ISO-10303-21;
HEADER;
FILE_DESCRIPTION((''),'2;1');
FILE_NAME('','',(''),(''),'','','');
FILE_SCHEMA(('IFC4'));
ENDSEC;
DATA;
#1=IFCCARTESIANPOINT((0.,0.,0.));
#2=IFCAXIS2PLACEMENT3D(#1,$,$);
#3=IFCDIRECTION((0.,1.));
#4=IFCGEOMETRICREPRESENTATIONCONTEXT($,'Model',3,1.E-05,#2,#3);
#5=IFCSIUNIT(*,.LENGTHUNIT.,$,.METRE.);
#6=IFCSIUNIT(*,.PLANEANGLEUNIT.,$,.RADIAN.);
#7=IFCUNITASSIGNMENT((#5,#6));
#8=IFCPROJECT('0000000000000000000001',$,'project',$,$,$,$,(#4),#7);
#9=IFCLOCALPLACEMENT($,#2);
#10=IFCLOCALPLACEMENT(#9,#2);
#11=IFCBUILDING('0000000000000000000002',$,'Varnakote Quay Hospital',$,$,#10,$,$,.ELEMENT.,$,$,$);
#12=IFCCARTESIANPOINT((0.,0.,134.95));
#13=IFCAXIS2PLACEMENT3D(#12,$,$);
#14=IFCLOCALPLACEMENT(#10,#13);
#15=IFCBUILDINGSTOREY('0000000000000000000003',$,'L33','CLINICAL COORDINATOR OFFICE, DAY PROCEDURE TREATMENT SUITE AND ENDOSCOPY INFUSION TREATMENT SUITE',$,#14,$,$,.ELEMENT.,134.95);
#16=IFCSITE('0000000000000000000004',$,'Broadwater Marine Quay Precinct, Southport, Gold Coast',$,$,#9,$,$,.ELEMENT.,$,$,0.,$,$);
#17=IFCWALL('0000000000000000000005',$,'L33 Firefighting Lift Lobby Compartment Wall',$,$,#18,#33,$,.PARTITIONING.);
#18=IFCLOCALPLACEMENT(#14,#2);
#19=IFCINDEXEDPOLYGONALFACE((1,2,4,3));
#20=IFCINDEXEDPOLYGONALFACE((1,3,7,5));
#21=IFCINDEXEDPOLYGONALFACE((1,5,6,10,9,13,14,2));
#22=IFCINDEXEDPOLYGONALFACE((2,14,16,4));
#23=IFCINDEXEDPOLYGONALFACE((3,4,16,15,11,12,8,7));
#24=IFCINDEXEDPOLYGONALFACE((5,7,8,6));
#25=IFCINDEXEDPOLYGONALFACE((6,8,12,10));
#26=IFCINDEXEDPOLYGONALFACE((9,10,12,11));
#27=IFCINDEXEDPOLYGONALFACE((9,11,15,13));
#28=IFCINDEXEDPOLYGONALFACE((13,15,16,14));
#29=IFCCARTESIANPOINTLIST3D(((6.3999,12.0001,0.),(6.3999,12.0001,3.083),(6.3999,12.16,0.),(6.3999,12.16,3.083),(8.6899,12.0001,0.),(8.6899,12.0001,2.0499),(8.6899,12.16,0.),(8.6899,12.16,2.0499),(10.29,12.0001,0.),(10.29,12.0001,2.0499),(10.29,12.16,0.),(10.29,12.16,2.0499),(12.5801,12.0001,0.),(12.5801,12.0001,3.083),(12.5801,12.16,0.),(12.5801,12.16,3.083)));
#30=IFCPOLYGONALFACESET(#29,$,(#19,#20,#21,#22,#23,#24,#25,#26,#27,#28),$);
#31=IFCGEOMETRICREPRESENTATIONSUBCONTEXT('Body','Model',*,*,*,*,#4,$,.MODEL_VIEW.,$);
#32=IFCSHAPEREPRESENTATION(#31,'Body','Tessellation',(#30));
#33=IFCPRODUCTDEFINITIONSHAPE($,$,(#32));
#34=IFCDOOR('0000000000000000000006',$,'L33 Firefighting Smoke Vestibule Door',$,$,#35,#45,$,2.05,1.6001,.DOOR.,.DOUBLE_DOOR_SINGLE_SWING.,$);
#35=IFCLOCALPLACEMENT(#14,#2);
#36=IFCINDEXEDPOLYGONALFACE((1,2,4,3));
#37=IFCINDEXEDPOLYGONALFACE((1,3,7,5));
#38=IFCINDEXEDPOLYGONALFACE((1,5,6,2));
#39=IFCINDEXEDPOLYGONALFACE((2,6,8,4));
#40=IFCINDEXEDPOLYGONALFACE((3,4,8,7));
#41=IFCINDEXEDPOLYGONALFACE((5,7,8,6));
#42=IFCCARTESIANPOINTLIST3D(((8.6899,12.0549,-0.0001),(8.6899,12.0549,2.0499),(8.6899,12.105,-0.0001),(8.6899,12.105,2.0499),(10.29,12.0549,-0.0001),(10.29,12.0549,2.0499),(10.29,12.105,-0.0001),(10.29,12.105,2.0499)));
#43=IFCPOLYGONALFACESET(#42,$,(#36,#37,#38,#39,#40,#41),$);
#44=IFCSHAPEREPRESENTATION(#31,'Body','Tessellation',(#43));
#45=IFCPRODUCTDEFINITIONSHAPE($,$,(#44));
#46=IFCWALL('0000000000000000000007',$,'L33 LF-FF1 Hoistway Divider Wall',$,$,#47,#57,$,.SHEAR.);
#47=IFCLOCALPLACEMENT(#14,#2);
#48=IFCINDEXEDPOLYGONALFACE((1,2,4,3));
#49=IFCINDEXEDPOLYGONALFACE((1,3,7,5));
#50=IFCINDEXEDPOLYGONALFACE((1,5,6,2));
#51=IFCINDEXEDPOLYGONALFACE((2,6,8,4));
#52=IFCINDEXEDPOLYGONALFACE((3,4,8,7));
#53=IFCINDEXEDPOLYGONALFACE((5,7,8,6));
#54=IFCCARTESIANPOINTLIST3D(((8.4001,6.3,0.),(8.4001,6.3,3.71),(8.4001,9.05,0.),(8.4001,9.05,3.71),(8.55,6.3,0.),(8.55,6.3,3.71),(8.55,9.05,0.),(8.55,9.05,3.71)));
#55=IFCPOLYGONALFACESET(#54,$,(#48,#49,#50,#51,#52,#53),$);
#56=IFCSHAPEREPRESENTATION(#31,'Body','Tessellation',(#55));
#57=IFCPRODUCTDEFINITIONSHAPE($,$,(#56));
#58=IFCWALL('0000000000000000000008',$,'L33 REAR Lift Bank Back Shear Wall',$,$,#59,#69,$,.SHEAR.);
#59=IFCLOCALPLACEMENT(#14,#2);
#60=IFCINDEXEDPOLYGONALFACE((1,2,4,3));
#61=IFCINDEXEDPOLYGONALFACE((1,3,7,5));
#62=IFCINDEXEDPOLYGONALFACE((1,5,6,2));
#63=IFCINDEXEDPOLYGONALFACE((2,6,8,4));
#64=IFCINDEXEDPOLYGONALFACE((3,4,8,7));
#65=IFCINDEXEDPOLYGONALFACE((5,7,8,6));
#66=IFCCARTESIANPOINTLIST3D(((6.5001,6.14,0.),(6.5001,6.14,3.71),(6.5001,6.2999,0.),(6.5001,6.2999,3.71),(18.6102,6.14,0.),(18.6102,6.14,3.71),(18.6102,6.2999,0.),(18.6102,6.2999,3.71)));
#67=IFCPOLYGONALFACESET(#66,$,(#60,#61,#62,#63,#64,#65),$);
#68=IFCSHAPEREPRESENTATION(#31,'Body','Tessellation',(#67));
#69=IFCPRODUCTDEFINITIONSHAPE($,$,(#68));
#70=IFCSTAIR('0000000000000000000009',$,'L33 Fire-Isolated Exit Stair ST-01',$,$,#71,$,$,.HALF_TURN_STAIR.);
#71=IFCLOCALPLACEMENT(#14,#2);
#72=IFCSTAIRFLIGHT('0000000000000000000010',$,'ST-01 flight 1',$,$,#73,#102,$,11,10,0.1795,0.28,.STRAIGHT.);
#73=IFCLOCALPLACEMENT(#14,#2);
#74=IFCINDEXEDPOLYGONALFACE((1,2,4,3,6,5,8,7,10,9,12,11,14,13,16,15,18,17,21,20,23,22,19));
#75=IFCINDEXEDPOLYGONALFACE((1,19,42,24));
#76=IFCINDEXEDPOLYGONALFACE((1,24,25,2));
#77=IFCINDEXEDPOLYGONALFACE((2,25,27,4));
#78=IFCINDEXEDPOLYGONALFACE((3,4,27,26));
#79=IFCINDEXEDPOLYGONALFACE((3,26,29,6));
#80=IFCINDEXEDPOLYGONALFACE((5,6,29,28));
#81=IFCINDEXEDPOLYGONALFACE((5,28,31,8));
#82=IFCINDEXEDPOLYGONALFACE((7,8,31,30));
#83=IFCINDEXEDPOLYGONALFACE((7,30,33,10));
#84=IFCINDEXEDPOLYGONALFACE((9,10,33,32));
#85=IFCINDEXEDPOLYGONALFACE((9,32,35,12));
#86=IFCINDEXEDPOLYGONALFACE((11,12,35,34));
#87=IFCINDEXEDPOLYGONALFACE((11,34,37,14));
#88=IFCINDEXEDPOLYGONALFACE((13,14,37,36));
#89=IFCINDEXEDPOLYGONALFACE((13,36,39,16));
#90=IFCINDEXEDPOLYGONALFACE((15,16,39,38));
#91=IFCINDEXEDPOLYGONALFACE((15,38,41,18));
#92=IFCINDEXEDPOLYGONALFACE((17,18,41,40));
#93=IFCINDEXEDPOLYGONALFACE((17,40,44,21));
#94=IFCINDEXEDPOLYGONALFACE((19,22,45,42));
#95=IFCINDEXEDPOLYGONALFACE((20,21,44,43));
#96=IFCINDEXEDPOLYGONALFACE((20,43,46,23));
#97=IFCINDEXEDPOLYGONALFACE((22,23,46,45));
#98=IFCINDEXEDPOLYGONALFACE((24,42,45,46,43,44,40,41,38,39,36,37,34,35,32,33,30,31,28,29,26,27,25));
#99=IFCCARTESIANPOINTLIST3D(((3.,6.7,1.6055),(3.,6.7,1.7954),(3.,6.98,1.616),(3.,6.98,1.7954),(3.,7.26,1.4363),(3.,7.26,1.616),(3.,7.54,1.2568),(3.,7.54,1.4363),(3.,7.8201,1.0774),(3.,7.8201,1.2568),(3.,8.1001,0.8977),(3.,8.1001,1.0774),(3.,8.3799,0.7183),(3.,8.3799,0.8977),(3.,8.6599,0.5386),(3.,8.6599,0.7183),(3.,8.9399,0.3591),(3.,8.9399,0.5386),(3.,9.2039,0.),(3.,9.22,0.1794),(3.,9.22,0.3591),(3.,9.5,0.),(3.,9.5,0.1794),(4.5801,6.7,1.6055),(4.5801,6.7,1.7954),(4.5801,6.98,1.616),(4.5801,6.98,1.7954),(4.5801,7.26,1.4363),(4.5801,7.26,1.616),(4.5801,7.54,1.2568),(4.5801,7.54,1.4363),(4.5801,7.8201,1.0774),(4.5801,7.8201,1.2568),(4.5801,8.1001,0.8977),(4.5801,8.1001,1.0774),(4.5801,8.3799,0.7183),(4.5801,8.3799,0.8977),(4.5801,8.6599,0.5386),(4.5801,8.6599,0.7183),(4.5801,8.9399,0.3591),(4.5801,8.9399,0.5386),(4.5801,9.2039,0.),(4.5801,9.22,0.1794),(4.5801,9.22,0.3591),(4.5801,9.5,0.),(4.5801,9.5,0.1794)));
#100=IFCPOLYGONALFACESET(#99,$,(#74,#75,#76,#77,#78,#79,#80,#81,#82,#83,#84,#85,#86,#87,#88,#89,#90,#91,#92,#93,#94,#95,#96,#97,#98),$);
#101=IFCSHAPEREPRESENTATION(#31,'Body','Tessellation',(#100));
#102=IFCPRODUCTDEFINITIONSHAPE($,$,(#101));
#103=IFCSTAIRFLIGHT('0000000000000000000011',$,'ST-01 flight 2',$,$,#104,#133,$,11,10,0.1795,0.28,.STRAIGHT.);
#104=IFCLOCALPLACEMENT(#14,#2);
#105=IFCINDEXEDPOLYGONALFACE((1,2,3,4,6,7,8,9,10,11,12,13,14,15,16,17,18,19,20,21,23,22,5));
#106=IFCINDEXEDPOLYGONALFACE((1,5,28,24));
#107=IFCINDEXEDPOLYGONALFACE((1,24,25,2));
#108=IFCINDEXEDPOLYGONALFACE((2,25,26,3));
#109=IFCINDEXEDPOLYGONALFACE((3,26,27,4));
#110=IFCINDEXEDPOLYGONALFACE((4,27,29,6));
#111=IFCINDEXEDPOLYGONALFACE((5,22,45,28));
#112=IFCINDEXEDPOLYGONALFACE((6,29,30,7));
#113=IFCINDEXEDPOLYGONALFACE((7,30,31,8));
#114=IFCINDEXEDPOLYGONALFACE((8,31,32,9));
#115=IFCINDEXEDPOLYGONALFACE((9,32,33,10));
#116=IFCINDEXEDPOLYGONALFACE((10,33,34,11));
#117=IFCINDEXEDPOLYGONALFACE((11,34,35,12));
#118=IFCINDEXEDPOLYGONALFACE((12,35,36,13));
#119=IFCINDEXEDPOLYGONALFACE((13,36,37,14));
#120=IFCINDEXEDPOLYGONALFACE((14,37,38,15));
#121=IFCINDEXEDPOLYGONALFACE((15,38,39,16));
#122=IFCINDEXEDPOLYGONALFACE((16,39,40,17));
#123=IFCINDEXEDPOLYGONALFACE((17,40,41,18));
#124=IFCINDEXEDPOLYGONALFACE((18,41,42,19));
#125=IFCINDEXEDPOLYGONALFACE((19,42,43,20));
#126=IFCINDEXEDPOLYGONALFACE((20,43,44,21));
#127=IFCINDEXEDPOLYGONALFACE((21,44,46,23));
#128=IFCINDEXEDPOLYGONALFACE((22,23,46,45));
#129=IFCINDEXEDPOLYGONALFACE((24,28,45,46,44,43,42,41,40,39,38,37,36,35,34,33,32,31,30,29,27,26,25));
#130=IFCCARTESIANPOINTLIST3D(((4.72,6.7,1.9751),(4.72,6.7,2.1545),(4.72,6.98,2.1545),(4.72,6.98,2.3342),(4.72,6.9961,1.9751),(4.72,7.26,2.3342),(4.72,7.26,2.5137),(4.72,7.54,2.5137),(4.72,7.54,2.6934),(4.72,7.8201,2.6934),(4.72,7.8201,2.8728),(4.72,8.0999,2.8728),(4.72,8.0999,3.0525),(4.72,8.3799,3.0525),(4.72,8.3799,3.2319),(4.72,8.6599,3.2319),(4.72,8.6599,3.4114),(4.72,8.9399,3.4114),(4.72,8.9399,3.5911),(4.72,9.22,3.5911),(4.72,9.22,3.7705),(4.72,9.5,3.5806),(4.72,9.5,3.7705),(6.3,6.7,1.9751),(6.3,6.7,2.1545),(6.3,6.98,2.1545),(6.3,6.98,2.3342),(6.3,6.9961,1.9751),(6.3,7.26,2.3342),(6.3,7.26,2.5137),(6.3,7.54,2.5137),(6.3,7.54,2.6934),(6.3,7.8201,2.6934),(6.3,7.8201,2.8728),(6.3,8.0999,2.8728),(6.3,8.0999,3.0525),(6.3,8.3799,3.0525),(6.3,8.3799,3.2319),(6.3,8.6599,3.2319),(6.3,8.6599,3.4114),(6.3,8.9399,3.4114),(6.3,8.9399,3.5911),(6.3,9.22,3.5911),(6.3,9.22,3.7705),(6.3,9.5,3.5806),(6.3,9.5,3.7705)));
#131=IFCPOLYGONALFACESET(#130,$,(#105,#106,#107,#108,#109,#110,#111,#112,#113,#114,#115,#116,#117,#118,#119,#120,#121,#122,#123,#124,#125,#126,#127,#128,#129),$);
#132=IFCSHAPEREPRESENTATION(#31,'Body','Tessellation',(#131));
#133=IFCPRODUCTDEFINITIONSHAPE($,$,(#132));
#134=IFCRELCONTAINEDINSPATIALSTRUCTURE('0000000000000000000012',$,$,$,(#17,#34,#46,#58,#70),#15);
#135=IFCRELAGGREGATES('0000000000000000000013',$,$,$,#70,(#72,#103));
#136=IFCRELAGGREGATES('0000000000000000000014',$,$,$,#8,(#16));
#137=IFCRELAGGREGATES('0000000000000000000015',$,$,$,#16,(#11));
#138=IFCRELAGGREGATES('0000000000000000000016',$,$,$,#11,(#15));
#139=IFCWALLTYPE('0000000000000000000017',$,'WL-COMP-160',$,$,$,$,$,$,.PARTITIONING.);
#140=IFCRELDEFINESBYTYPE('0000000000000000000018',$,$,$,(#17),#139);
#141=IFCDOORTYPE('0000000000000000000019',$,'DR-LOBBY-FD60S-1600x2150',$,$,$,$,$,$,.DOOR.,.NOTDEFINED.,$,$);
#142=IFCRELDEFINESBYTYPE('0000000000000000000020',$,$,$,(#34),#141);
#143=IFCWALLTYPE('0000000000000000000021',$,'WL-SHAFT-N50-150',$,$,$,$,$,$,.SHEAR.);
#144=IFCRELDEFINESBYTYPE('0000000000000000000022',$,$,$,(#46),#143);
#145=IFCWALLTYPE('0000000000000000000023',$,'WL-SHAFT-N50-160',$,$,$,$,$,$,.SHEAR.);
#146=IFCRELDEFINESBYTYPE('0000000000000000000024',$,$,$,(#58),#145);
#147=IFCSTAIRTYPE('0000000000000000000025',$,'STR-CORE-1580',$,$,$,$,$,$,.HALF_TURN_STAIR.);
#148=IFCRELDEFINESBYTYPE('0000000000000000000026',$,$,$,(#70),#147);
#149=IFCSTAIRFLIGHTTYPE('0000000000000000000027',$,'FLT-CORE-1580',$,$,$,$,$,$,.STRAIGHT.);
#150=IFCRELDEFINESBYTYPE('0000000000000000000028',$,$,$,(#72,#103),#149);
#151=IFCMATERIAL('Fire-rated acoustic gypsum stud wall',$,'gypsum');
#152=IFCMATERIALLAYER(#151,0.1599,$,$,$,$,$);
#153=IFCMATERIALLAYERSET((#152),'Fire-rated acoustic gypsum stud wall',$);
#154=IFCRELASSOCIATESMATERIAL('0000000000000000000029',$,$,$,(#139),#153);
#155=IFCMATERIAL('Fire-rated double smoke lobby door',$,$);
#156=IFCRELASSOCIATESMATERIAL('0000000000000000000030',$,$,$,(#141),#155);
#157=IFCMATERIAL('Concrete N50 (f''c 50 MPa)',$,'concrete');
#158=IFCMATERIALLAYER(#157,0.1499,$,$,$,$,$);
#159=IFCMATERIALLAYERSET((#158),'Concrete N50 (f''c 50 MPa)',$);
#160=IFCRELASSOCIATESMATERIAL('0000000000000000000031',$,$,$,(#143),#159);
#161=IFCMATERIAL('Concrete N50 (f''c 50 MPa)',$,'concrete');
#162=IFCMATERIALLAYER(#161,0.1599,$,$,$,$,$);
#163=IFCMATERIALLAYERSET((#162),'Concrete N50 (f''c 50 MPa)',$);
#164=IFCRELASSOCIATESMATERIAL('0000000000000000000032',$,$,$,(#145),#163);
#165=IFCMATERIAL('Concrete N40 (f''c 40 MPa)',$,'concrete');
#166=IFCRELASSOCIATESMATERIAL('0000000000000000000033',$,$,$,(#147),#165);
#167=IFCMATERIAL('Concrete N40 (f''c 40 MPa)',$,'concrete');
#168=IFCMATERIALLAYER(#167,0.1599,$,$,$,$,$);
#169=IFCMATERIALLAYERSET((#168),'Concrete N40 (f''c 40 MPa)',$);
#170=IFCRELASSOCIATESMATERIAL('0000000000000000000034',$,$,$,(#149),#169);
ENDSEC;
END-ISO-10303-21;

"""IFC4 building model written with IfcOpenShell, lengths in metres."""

from ifc_helpers import new_model, si_unit, direction, frame, frame_2d, origin, place, context, subcontext, project, spatial, polyline, rectangle, outline, extrude, material, layer, layer_set, type_object, element, fill, aggregate, save


model = new_model("IFC4")

# Units and contexts
model_context = context("Model", 3, precision=1e-05, world=origin(), true_north=direction((0.0, 1.0)))
body_context = subcontext(model_context, "Body", "Model", "MODEL_VIEW")
ifc_project = project(units=[si_unit("LENGTHUNIT", "METRE"), si_unit("PLANEANGLEUNIT", "RADIAN")], contexts=[model_context])

# Site, building, storey
site_placement = place(None, origin())
site = spatial("IfcSite", under=ifc_project, at=site_placement, Name="Broadwater Marine Quay Precinct, Southport, Gold Coast", CompositionType="ELEMENT", RefElevation=0.0)
building_placement = place(site_placement, origin())
building = spatial("IfcBuilding", under=site, at=building_placement, Name="Varnakote Quay Hospital", CompositionType="ELEMENT")
storey_placement = place(building_placement, frame((0.0, 0.0, 134.95)))
storey = spatial("IfcBuildingStorey", under=building, at=storey_placement, Name="L33", Description="CLINICAL COORDINATOR OFFICE, DAY PROCEDURE TREATMENT SUITE AND ENDOSCOPY INFUSION TREATMENT SUITE", CompositionType="ELEMENT", Elevation=134.95)

# Shared definitions
ifc_material_1 = material(Name="Fire-rated acoustic gypsum stud wall", Category="gypsum")
ifc_layer_1 = layer(ifc_material_1, 0.1599)
ifc_layer_set_1 = layer_set([ifc_layer_1], Name="Fire-rated acoustic gypsum stud wall")
wall_type_1 = type_object("IfcWallType", Name="WL-COMP-160", PredefinedType="PARTITIONING", material=ifc_layer_set_1)

# Shared definitions
ifc_material_2 = material(Name="Fire-rated double smoke lobby door")
door_type_1 = type_object("IfcDoorType", Name="DR-LOBBY-FD60S-1600x2150", OperationType="NOTDEFINED", PredefinedType="DOOR", material=ifc_material_2)

# Wall, opening, door
wall_1_placement = place(storey_placement, frame((6.3999, 12.0801, 0.0), z_axis=(0.0, 0.0, 1.0), x_axis=(1.0, 0.0, 0.0)))
wall_1 = element("IfcWall", 1, at=wall_1_placement, inside=storey, type_object=wall_type_1, Name="L33 Firefighting Lift Lobby Compartment Wall", PredefinedType="PARTITIONING", context=body_context, shape_type="SweptSolid", body=[
    extrude(rectangle(XDim=6.1802, YDim=0.1599, at=frame_2d((3.0901, 0.0))), origin(), (0.0, 0.0, 1.0), 3.083),
])
opening_1_placement = place(wall_1_placement, frame((2.29, 0.0, 0.0)))
opening_1 = element("IfcOpeningElement", 2, at=opening_1_placement, cuts=wall_1, PredefinedType="OPENING", context=body_context, shape_type="SweptSolid", body=[
    extrude(rectangle(XDim=1.6001, YDim=2.05, at=frame_2d((0.8, 1.0249))), frame((0.0, 0.0898, 0.0), z_axis=(0.0, -1.0, 0.0), x_axis=(1.0, 0.0, 0.0)), (0.0, 0.0, 1.0), 0.1799),
])
door_1_placement = place(opening_1_placement, origin())
door_1 = element("IfcDoor", 3, at=door_1_placement, inside=storey, type_object=door_type_1, Name="L33 Firefighting Smoke Vestibule Door", OperationType="DOUBLE_DOOR_SINGLE_SWING", OverallHeight=2.05, OverallWidth=1.6001, PredefinedType="DOOR", context=body_context, shape_type="SweptSolid", body=[
    extrude(rectangle(XDim=1.6001, YDim=2.05, at=frame_2d((0.8, 1.0249))), frame((0.0, 0.0249, 0.0), z_axis=(0.0, -1.0, 0.0), x_axis=(1.0, 0.0, 0.0)), (0.0, 0.0, 1.0), 0.05),
])
fill(opening_1, door_1)

# Walls
ifc_material_3 = material(Name="Concrete N50 (f'c 50 MPa)", Category="concrete")
ifc_layer_2 = layer(ifc_material_3, 0.1499)
ifc_layer_set_2 = layer_set([ifc_layer_2], Name="Concrete N50 (f'c 50 MPa)")
wall_type_2 = type_object("IfcWallType", Name="WL-SHAFT-N50-150", PredefinedType="SHEAR", material=ifc_layer_set_2)
wall_2_placement = place(storey_placement, frame((8.4751, 6.3, 0.0), z_axis=(0.0, 0.0, 1.0), x_axis=(0.0, 1.0, 0.0)))
element("IfcWall", 4, at=wall_2_placement, inside=storey, type_object=wall_type_2, Name="L33 LF-FF1 Hoistway Divider Wall", PredefinedType="SHEAR", context=body_context, shape_type="SweptSolid", body=[
    extrude(rectangle(XDim=2.75, YDim=0.1499, at=frame_2d((1.375, 0.0))), origin(), (0.0, 0.0, 1.0), 3.71),
])
ifc_material_4 = material(Name="Concrete N50 (f'c 50 MPa)", Category="concrete")
ifc_layer_3 = layer(ifc_material_4, 0.1599)
ifc_layer_set_3 = layer_set([ifc_layer_3], Name="Concrete N50 (f'c 50 MPa)")
wall_type_3 = type_object("IfcWallType", Name="WL-SHAFT-N50-160", PredefinedType="SHEAR", material=ifc_layer_set_3)
wall_3_placement = place(storey_placement, frame((6.5, 6.22, 0.0), z_axis=(0.0, 0.0, 1.0), x_axis=(1.0, 0.0, 0.0)))
element("IfcWall", 5, at=wall_3_placement, inside=storey, type_object=wall_type_3, Name="L33 REAR Lift Bank Back Shear Wall", PredefinedType="SHEAR", context=body_context, shape_type="SweptSolid", body=[
    extrude(rectangle(XDim=12.1101, YDim=0.1599, at=frame_2d((6.0552, 0.0))), origin(), (0.0, 0.0, 1.0), 3.71),
])

# Stair, stair flights
ifc_material_5 = material(Name="Concrete N40 (f'c 40 MPa)", Category="concrete")
stair_type = type_object("IfcStairType", Name="STR-CORE-1580", PredefinedType="HALF_TURN_STAIR", material=ifc_material_5)
stair_placement = place(storey_placement, origin())
stair = element("IfcStair", 6, at=stair_placement, inside=storey, type_object=stair_type, Name="L33 Fire-Isolated Exit Stair ST-01", PredefinedType="HALF_TURN_STAIR")
ifc_material_6 = material(Name="Concrete N40 (f'c 40 MPa)", Category="concrete")
ifc_layer_4 = layer(ifc_material_6, 0.1599)
ifc_layer_set_4 = layer_set([ifc_layer_4], Name="Concrete N40 (f'c 40 MPa)")
stair_flight_type = type_object("IfcStairFlightType", Name="FLT-CORE-1580", PredefinedType="STRAIGHT", material=ifc_layer_set_4)
stair_flight_1_placement = place(storey_placement, frame((3.79, 9.5, 0.0), z_axis=(0.0, 0.0, 1.0), x_axis=(0.0, -1.0, 0.0)))
stair_flight_1 = element("IfcStairFlight", 7, at=stair_flight_1_placement, type_object=stair_flight_type, Name="ST-01 flight 1", NumberOfRisers=11, NumberOfTreads=10, PredefinedType="STRAIGHT", RiserHeight=0.1795, TreadLength=0.28, context=body_context, shape_type="SweptSolid", body=[
    extrude(outline(polyline([(0.0, 0.0), (0.0, 0.1794), (0.28, 0.1794), (0.28, 0.3591), (0.5601, 0.3591), (0.5601, 0.5386), (0.8401, 0.5386), (0.8401, 0.7183), (1.1201, 0.7183), (1.1201, 0.8977), (1.3999, 0.8977), (1.3999, 1.0774), (1.6799, 1.0774), (1.6799, 1.2568), (1.96, 1.2568), (1.96, 1.4363), (2.24, 1.4363), (2.24, 1.616), (2.52, 1.616), (2.52, 1.7954), (2.8, 1.7954), (2.8, 1.9751), (2.8, 1.6055), (0.2961, 0.0), (0.0, 0.0)])), frame((0.0, 0.79, 0.0), z_axis=(0.0, -1.0, 0.0), x_axis=(1.0, 0.0, 0.0)), (0.0, 0.0, 1.0), 1.5801),
])
stair_flight_2_placement = place(storey_placement, frame((5.51, 6.7, 1.9751), z_axis=(0.0, 0.0, 1.0), x_axis=(0.0, 1.0, 0.0)))
stair_flight_2 = element("IfcStairFlight", 8, at=stair_flight_2_placement, type_object=stair_flight_type, Name="ST-01 flight 2", NumberOfRisers=11, NumberOfTreads=10, PredefinedType="STRAIGHT", RiserHeight=0.1795, TreadLength=0.28, context=body_context, shape_type="SweptSolid", body=[
    extrude(outline(polyline([(0.0, 0.0), (0.0, 0.1794), (0.28, 0.1794), (0.28, 0.3591), (0.5601, 0.3591), (0.5601, 0.5386), (0.8401, 0.5386), (0.8401, 0.7183), (1.1201, 0.7183), (1.1201, 0.8977), (1.3999, 0.8977), (1.3999, 1.0774), (1.6799, 1.0774), (1.6799, 1.2568), (1.96, 1.2568), (1.96, 1.4363), (2.24, 1.4363), (2.24, 1.616), (2.52, 1.616), (2.52, 1.7954), (2.8, 1.7954), (2.8, 1.9751), (2.8, 1.6055), (0.2961, 0.0), (0.0, 0.0)])), frame((0.0, 0.79, 0.0), z_axis=(0.0, -1.0, 0.0), x_axis=(1.0, 0.0, 0.0)), (0.0, 0.0, 1.0), 1.5801),
])
aggregate(stair, [stair_flight_1, stair_flight_2])

save(model, "model.ifc")
